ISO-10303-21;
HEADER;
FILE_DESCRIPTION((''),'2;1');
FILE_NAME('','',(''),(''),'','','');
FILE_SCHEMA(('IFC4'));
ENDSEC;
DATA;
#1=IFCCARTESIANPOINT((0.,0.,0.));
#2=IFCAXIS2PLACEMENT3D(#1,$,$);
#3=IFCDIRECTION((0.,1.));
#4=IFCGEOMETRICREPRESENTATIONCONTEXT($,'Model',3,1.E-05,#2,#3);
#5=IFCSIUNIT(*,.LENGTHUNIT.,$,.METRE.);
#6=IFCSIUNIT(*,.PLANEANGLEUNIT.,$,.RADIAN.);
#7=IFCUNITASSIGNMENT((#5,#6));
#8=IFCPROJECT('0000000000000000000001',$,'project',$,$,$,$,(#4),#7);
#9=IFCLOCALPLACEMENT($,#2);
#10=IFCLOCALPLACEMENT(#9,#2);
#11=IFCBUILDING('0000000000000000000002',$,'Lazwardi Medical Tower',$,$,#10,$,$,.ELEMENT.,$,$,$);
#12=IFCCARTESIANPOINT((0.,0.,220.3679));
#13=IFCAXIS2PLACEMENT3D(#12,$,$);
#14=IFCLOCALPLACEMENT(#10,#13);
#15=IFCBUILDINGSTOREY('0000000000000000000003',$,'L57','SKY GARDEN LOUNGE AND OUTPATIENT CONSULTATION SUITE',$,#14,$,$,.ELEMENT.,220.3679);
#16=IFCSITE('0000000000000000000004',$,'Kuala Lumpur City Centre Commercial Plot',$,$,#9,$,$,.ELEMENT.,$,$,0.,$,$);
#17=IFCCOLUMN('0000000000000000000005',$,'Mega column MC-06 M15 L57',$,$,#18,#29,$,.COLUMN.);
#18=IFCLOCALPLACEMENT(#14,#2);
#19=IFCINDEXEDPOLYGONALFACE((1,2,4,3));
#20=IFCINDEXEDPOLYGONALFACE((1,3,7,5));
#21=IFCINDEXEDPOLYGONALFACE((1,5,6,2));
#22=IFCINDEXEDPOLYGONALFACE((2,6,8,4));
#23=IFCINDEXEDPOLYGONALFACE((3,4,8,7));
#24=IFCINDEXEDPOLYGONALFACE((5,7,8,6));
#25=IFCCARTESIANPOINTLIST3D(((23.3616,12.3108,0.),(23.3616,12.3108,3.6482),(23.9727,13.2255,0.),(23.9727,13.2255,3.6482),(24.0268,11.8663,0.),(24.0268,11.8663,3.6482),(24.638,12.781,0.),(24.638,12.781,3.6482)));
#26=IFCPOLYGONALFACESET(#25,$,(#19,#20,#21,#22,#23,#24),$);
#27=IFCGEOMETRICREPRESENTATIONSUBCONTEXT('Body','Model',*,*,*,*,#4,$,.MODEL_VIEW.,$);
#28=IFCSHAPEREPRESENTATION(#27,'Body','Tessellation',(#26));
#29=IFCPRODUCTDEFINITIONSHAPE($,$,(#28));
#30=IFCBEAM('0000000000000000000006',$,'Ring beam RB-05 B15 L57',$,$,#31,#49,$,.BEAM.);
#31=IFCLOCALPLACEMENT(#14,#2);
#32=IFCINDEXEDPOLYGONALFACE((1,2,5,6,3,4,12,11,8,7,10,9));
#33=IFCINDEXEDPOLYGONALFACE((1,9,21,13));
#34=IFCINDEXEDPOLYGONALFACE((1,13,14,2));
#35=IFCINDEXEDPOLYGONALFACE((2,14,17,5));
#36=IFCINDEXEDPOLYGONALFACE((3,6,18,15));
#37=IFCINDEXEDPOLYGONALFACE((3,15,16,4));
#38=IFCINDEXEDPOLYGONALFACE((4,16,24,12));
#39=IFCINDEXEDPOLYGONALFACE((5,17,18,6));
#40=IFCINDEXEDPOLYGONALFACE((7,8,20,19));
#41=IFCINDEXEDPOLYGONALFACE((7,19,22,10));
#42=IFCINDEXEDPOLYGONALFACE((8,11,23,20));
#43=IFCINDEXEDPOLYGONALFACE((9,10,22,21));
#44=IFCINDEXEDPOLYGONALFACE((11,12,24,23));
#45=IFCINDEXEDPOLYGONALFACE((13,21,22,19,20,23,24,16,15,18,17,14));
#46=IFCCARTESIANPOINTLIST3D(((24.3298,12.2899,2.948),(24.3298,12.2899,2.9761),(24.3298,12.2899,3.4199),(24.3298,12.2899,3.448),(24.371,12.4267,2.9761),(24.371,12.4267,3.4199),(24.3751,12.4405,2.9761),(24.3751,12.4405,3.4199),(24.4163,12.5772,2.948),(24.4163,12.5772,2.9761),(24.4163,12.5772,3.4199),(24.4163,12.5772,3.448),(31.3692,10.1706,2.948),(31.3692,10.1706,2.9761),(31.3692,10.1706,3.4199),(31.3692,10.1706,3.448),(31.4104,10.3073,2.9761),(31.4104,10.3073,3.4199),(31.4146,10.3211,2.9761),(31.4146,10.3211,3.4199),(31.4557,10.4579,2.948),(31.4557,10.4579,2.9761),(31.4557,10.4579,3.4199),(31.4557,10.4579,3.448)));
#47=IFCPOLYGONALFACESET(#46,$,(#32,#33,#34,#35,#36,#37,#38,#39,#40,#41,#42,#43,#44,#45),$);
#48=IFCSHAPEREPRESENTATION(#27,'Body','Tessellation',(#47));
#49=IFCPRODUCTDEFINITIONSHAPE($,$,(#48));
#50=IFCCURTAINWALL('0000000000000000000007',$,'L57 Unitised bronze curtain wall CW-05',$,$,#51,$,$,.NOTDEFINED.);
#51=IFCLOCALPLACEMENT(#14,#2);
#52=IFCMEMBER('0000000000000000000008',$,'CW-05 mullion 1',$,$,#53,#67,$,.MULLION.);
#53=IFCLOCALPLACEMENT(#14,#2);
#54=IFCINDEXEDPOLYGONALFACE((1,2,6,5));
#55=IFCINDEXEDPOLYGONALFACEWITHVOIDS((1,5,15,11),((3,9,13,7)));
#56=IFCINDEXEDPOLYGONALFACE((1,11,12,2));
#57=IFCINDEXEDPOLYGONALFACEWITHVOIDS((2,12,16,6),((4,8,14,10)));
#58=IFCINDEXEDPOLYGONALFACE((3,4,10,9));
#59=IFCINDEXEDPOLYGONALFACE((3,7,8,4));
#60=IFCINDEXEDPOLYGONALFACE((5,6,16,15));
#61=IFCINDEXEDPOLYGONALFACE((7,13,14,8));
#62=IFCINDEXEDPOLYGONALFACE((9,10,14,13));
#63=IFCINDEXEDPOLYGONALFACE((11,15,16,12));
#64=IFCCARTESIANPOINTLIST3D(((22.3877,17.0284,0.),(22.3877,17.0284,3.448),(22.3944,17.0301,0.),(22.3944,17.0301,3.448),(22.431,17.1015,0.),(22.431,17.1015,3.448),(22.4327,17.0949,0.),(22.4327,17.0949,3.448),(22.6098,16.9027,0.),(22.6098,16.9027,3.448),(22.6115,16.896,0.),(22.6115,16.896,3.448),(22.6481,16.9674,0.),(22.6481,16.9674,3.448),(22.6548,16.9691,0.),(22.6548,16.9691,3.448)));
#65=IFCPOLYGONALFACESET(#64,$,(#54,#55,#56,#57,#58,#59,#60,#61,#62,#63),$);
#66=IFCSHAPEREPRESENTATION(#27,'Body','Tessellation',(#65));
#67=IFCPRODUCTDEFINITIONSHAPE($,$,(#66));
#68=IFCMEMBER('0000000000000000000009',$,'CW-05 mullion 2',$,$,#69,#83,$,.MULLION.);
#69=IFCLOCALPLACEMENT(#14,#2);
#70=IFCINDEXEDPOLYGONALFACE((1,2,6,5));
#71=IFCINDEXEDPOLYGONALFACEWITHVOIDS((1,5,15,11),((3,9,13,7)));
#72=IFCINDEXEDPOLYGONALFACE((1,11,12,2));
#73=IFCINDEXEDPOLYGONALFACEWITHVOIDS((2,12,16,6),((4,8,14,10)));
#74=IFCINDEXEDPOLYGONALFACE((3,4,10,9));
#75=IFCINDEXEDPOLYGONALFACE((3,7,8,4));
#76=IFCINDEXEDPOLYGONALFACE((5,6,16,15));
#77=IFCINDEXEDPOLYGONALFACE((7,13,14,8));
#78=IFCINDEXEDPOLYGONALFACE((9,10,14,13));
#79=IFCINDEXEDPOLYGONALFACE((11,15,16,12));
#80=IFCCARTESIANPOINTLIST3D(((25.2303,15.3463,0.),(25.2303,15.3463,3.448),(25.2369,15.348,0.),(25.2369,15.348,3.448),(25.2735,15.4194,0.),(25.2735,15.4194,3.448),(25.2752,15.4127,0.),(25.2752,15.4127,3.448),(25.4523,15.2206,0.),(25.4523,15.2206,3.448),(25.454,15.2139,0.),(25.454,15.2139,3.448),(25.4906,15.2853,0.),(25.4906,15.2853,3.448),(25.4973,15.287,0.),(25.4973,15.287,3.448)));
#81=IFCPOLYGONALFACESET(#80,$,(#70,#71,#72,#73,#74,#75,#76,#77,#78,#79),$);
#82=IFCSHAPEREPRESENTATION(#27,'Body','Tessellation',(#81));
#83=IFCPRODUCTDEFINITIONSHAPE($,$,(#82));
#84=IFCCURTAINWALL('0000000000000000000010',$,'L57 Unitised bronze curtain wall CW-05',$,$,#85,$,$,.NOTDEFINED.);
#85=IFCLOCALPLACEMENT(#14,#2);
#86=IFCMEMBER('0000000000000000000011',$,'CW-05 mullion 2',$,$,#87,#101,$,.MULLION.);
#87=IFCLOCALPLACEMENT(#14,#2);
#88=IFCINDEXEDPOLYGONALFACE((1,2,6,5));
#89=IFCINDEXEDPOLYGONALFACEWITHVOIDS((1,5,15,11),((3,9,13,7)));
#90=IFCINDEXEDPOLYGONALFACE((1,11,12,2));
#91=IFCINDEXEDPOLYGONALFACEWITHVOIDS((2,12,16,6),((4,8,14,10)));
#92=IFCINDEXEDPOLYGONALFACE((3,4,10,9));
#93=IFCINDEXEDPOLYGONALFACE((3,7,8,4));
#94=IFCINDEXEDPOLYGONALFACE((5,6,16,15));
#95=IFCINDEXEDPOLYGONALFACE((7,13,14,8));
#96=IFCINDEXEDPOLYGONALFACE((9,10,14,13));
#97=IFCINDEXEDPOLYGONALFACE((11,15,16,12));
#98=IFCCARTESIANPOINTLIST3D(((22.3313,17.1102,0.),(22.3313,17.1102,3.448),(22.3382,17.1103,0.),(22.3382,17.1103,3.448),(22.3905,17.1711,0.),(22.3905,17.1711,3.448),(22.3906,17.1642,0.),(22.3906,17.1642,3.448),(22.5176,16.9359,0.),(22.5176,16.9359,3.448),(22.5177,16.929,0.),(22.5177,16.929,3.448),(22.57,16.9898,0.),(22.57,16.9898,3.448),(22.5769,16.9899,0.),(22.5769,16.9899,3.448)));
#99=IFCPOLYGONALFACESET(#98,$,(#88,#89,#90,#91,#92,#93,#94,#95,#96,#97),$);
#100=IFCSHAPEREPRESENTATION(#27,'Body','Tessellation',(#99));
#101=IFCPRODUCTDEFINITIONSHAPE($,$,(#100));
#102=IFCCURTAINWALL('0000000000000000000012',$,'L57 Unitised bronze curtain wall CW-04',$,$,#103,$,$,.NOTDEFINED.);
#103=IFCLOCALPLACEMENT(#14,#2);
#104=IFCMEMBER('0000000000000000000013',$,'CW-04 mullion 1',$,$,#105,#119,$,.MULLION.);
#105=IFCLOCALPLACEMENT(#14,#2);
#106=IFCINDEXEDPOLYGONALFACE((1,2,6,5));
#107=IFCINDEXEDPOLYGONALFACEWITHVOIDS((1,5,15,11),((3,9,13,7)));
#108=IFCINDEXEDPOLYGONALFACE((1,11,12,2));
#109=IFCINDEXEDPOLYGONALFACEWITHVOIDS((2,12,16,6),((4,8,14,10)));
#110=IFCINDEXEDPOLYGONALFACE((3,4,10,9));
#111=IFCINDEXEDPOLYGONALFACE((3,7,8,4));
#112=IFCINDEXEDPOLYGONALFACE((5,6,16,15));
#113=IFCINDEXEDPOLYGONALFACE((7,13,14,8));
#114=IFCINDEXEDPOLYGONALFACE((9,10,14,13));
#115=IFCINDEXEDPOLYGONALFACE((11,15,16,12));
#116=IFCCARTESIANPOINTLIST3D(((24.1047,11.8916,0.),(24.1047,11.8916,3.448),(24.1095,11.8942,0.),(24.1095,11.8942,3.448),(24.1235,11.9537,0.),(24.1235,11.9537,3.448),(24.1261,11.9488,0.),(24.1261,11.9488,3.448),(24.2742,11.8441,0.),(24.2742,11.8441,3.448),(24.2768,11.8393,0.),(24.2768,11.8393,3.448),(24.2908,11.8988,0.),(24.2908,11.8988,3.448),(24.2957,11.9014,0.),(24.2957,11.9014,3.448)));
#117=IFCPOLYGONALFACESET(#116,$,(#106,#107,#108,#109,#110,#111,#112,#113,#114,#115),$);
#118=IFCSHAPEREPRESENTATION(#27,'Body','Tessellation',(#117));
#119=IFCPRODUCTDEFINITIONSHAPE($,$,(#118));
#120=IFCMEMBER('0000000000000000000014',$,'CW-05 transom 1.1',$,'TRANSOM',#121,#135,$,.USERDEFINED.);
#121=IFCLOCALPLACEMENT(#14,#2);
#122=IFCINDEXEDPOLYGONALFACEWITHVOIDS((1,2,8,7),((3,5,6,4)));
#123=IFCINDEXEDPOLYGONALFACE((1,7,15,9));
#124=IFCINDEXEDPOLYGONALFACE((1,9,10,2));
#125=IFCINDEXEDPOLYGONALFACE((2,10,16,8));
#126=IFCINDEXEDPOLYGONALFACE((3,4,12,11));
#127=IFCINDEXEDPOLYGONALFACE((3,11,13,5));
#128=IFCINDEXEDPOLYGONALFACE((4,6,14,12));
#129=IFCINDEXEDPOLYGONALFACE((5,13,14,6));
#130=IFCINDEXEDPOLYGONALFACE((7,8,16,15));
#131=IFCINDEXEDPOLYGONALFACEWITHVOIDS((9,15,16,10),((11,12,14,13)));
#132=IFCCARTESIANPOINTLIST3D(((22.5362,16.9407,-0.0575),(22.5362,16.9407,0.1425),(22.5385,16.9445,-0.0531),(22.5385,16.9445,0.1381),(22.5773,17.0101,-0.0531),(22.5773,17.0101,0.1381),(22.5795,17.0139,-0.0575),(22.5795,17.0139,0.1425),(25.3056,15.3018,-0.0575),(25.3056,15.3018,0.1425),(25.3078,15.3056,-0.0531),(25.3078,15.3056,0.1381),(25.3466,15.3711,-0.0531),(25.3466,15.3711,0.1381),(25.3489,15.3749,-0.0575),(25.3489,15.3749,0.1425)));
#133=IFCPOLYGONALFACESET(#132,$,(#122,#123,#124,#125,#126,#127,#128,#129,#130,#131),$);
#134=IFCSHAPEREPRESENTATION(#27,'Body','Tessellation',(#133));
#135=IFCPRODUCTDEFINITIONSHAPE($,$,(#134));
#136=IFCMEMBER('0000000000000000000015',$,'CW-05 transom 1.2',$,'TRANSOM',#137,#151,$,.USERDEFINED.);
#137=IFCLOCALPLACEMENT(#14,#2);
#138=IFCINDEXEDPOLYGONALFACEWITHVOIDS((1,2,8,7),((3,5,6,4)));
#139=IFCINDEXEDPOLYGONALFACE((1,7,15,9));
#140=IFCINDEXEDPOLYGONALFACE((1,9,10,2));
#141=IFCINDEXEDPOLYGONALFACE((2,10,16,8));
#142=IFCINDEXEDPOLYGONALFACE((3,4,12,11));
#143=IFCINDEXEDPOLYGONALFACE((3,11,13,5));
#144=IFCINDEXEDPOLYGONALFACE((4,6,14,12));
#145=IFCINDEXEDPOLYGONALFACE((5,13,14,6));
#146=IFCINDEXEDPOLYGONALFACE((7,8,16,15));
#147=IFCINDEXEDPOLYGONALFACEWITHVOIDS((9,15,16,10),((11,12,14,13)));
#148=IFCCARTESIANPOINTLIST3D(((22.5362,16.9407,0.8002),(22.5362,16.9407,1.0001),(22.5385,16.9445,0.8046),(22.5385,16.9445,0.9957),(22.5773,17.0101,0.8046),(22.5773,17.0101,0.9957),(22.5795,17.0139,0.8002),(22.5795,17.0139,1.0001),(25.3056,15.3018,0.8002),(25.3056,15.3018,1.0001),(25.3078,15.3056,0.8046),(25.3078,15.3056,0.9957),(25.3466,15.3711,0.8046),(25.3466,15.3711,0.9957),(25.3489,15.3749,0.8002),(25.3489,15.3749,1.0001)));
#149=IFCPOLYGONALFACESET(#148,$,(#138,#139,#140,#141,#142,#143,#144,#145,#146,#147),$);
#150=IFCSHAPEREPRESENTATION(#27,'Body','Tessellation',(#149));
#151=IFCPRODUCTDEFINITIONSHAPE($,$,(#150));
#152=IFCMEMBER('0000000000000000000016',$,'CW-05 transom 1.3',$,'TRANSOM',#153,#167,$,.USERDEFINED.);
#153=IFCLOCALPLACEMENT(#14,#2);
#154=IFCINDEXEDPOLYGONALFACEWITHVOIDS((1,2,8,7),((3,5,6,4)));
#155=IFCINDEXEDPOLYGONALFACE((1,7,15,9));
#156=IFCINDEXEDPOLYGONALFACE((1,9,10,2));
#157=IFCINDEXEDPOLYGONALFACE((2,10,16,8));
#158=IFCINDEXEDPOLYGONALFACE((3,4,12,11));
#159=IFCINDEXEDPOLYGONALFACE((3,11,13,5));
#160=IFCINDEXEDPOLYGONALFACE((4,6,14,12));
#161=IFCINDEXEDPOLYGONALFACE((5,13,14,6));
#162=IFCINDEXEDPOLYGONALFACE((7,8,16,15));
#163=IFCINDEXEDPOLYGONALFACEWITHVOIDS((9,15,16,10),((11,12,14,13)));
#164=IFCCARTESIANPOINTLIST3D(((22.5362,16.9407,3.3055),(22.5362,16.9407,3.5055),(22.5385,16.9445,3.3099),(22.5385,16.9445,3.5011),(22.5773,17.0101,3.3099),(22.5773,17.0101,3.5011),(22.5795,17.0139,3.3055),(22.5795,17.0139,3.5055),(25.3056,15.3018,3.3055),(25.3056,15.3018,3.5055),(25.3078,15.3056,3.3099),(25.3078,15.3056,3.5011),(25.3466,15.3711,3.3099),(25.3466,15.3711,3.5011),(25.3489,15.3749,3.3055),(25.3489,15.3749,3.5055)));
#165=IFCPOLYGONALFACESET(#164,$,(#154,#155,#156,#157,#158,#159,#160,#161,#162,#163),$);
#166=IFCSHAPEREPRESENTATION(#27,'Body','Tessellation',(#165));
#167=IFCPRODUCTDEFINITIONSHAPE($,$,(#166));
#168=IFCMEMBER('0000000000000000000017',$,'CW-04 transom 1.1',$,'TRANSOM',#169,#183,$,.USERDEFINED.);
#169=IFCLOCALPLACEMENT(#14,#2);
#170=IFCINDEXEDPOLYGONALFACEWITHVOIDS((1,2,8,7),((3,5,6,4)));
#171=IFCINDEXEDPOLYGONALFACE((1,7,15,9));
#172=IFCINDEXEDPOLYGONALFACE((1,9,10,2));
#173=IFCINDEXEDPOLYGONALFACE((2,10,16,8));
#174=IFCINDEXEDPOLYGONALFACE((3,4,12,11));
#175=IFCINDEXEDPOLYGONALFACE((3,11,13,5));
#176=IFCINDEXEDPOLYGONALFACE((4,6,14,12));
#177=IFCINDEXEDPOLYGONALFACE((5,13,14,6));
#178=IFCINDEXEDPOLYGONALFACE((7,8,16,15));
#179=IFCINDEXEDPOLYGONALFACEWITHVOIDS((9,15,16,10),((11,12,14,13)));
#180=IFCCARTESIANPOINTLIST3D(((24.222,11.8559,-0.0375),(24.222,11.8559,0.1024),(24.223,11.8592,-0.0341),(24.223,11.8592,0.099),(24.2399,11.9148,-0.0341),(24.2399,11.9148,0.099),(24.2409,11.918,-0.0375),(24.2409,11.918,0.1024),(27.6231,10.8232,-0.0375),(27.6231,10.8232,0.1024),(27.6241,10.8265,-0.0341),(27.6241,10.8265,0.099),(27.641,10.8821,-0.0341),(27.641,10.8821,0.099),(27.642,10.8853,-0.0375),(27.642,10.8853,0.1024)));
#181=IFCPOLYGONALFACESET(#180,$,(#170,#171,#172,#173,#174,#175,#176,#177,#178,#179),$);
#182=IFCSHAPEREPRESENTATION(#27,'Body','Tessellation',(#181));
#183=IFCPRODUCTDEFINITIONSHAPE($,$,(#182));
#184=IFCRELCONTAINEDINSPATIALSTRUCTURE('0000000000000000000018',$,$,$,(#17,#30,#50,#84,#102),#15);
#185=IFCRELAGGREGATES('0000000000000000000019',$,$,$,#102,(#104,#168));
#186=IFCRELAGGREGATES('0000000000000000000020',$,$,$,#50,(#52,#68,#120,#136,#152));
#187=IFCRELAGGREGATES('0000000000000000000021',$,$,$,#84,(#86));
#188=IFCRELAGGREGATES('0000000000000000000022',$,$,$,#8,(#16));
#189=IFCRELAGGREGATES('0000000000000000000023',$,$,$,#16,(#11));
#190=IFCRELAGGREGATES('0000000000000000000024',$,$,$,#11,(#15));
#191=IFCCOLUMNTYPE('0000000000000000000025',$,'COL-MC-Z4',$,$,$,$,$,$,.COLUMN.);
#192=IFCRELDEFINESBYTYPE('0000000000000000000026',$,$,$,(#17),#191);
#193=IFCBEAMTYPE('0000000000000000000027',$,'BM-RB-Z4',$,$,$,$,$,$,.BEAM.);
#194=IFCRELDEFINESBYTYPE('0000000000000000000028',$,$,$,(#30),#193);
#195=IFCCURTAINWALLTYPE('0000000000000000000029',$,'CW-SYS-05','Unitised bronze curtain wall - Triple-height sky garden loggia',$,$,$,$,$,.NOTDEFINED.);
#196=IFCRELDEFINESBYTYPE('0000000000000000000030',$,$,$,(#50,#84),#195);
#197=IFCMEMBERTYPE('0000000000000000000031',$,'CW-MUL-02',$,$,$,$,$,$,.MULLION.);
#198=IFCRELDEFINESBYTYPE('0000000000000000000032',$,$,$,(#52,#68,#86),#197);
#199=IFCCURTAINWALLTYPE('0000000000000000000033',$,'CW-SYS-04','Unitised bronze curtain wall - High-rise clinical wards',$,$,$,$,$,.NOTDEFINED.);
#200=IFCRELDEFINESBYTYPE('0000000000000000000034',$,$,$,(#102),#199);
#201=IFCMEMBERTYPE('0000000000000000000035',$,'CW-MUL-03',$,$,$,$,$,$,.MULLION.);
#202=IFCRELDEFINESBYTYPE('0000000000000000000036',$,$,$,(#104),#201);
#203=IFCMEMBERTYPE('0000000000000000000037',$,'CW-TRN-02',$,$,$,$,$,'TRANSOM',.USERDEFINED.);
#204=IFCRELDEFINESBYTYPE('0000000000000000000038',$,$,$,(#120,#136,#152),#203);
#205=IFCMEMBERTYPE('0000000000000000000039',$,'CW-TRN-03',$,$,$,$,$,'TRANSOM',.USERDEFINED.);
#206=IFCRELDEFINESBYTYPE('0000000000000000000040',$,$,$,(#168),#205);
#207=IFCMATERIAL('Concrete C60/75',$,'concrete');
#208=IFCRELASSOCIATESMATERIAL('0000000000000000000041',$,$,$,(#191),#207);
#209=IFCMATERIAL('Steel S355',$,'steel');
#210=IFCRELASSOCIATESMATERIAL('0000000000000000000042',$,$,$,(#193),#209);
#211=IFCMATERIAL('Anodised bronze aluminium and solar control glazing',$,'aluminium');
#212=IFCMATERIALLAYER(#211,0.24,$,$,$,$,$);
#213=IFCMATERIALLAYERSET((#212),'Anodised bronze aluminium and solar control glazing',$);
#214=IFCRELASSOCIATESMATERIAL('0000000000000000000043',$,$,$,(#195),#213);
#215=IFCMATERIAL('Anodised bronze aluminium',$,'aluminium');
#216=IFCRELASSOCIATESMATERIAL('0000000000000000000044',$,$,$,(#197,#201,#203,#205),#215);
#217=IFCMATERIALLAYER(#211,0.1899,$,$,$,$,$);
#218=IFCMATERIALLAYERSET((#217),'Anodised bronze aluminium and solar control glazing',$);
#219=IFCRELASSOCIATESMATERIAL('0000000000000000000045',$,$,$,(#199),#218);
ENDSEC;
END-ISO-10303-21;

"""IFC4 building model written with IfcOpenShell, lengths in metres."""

from ifc_helpers import new_model, si_unit, direction, frame, origin, origin_2d, place, context, subcontext, project, spatial, rectangle, hollow_rectangle, i_section, extrude, material, layer, layer_set, material_profile, profile_set, type_object, element, aggregate, save


model = new_model("IFC4")

# Units and contexts
model_context = context("Model", 3, precision=1e-05, world=origin(), true_north=direction((0.0, 1.0)))
body_context = subcontext(model_context, "Body", "Model", "MODEL_VIEW")
ifc_project = project(units=[si_unit("LENGTHUNIT", "METRE"), si_unit("PLANEANGLEUNIT", "RADIAN")], contexts=[model_context])

# Site, building, storey
site_placement = place(None, origin())
site = spatial("IfcSite", under=ifc_project, at=site_placement, Name="Kuala Lumpur City Centre Commercial Plot", CompositionType="ELEMENT", RefElevation=0.0)
building_placement = place(site_placement, origin())
building = spatial("IfcBuilding", under=site, at=building_placement, Name="Lazwardi Medical Tower", CompositionType="ELEMENT")
storey_placement = place(building_placement, frame((0.0, 0.0, 220.3679)))
storey = spatial("IfcBuildingStorey", under=building, at=storey_placement, Name="L57", Description="SKY GARDEN LOUNGE AND OUTPATIENT CONSULTATION SUITE", CompositionType="ELEMENT", Elevation=220.3679)

# Column
ifc_material_1 = material(Name="Concrete C60/75", Category="concrete")
ifc_material_profile_1 = material_profile(ifc_material_1, rectangle(XDim=1.1001, YDim=0.8, at=origin_2d()), Name="CFT-RECT 1100x800")
ifc_profile_set_1 = profile_set([ifc_material_profile_1], Name="Concrete C60/75")
column_type = type_object("IfcColumnType", Name="COL-MC-Z4", PredefinedType="COLUMN", material=ifc_profile_set_1)
column_placement = place(storey_placement, frame((23.9998, 12.5459, 0.0), z_axis=(0.0, 0.0, 1.0), x_axis=(-0.55557, -0.83147, 0.0)))
element("IfcColumn", 1, at=column_placement, inside=storey, type_object=column_type, Name="Mega column MC-06 M15 L57", PredefinedType="COLUMN", context=body_context, shape_type="SweptSolid", body=[
    extrude(rectangle(XDim=1.1001, YDim=0.8, at=origin_2d()), origin(), (0.0, 0.0, 1.0), 3.6482),
])

# Beam
ifc_material_2 = material(Name="Steel S355", Category="steel")
ifc_material_profile_2 = material_profile(ifc_material_2, i_section(OverallWidth=0.3, OverallDepth=0.5, WebThickness=0.0144, FlangeThickness=0.0281, at=origin_2d()), Name="HEB 500")
ifc_profile_set_2 = profile_set([ifc_material_profile_2], Name="Steel S355")
beam_type = type_object("IfcBeamType", Name="BM-RB-Z4", PredefinedType="BEAM", material=ifc_profile_set_2)
beam_placement = place(storey_placement, frame((24.373, 12.4336, 3.198), z_axis=(0.957544, -0.288286, 0.0), x_axis=(0.288286, 0.957544, 0.0)))
element("IfcBeam", 2, at=beam_placement, inside=storey, type_object=beam_type, Name="Ring beam RB-05 B15 L57", PredefinedType="BEAM", context=body_context, shape_type="SweptSolid", body=[
    extrude(i_section(OverallWidth=0.3, OverallDepth=0.5, WebThickness=0.0144, FlangeThickness=0.0281, at=origin_2d()), origin(), (0.0, 0.0, 1.0), 7.3516),
])

# Curtain wall, members
ifc_material_3 = material(Name="Anodised bronze aluminium and solar control glazing", Category="aluminium")
ifc_layer_1 = layer(ifc_material_3, 0.24)
ifc_layer_set_1 = layer_set([ifc_layer_1], Name="Anodised bronze aluminium and solar control glazing")
curtain_wall_type_1 = type_object("IfcCurtainWallType", Name="CW-SYS-05", Description="Unitised bronze curtain wall - Triple-height sky garden loggia", PredefinedType="NOTDEFINED", material=ifc_layer_set_1)
curtain_wall_1_placement = place(storey_placement, origin())
curtain_wall_1 = element("IfcCurtainWall", 3, at=curtain_wall_1_placement, inside=storey, type_object=curtain_wall_type_1, Name="L57 Unitised bronze curtain wall CW-05", PredefinedType="NOTDEFINED")
ifc_material_4 = material(Name="Anodised bronze aluminium", Category="aluminium")
ifc_material_profile_3 = material_profile(ifc_material_4, hollow_rectangle(XDim=0.085, YDim=0.26, WallThickness=0.0049, at=origin_2d()), Name="ALU-MULLION 260x85x5")
ifc_profile_set_3 = profile_set([ifc_material_profile_3], Name="Anodised bronze aluminium")
member_type_1 = type_object("IfcMemberType", Name="CW-MUL-02", PredefinedType="MULLION", material=ifc_profile_set_3)
member_1_placement = place(storey_placement, frame((22.5212, 16.9988, 0.0), z_axis=(0.0, 0.0, 1.0), x_axis=(0.509273, 0.860605, 0.0)))
member_1 = element("IfcMember", 4, at=member_1_placement, type_object=member_type_1, Name="CW-05 mullion 1", PredefinedType="MULLION", context=body_context, shape_type="SweptSolid", body=[
    extrude(hollow_rectangle(XDim=0.085, YDim=0.26, WallThickness=0.0049, at=origin_2d()), origin(), (0.0, 0.0, 1.0), 3.448),
])
member_2_placement = place(storey_placement, frame((25.3638, 15.3167, 0.0), z_axis=(0.0, 0.0, 1.0), x_axis=(0.509273, 0.860605, 0.0)))
member_2 = element("IfcMember", 5, at=member_2_placement, type_object=member_type_1, Name="CW-05 mullion 2", PredefinedType="MULLION", context=body_context, shape_type="SweptSolid", body=[
    extrude(hollow_rectangle(XDim=0.085, YDim=0.26, WallThickness=0.0049, at=origin_2d()), origin(), (0.0, 0.0, 1.0), 3.448),
])

# Curtain walls, members
curtain_wall_2_placement = place(storey_placement, origin())
curtain_wall_2 = element("IfcCurtainWall", 6, at=curtain_wall_2_placement, inside=storey, type_object=curtain_wall_type_1, Name="L57 Unitised bronze curtain wall CW-05", PredefinedType="NOTDEFINED")
member_3_placement = place(storey_placement, frame((22.4541, 17.05, 0.0), z_axis=(0.0, 0.0, 1.0), x_axis=(0.69706, 0.717012, 0.0)))
member_3 = element("IfcMember", 7, at=member_3_placement, type_object=member_type_1, Name="CW-05 mullion 2", PredefinedType="MULLION", context=body_context, shape_type="SweptSolid", body=[
    extrude(hollow_rectangle(XDim=0.085, YDim=0.26, WallThickness=0.0049, at=origin_2d()), origin(), (0.0, 0.0, 1.0), 3.448),
])
ifc_layer_2 = layer(ifc_material_3, 0.1899)
ifc_layer_set_2 = layer_set([ifc_layer_2], Name="Anodised bronze aluminium and solar control glazing")
curtain_wall_type_2 = type_object("IfcCurtainWallType", Name="CW-SYS-04", Description="Unitised bronze curtain wall - High-rise clinical wards", PredefinedType="NOTDEFINED", material=ifc_layer_set_2)
curtain_wall_3_placement = place(storey_placement, origin())
curtain_wall_3 = element("IfcCurtainWall", 8, at=curtain_wall_3_placement, inside=storey, type_object=curtain_wall_type_2, Name="L57 Unitised bronze curtain wall CW-04", PredefinedType="NOTDEFINED")
ifc_material_profile_4 = material_profile(ifc_material_4, hollow_rectangle(XDim=0.0649, YDim=0.1799, WallThickness=0.0039, at=origin_2d()), Name="ALU-MULLION 180x65x4")
ifc_profile_set_4 = profile_set([ifc_material_profile_4], Name="Anodised bronze aluminium")
member_type_2 = type_object("IfcMemberType", Name="CW-MUL-03", PredefinedType="MULLION", material=ifc_profile_set_4)
member_4_placement = place(storey_placement, frame((24.2002, 11.8965, 0.0), z_axis=(0.0, 0.0, 1.0), x_axis=(0.290582, 0.95685, 0.0)))
member_4 = element("IfcMember", 9, at=member_4_placement, type_object=member_type_2, Name="CW-04 mullion 1", PredefinedType="MULLION", context=body_context, shape_type="SweptSolid", body=[
    extrude(hollow_rectangle(XDim=0.0649, YDim=0.1799, WallThickness=0.0039, at=origin_2d()), origin(), (0.0, 0.0, 1.0), 3.448),
])

# Members
ifc_material_profile_5 = material_profile(ifc_material_4, hollow_rectangle(XDim=0.085, YDim=0.2, WallThickness=0.0044, at=origin_2d()), Name="ALU-TRANSOM 200x85x4.5")
ifc_profile_set_5 = profile_set([ifc_material_profile_5], Name="Anodised bronze aluminium")
member_type_3 = type_object("IfcMemberType", Name="CW-TRN-02", ElementType="TRANSOM", PredefinedType="USERDEFINED", material=ifc_profile_set_5)
member_5_placement = place(storey_placement, frame((22.5579, 16.9773, 0.0425), z_axis=(0.860583, -0.509309, 0.0), x_axis=(0.509309, 0.860583, 0.0)))
member_5 = element("IfcMember", 10, at=member_5_placement, type_object=member_type_3, Name="CW-05 transom 1.1", ObjectType="TRANSOM", PredefinedType="USERDEFINED", context=body_context, shape_type="SweptSolid", body=[
    extrude(hollow_rectangle(XDim=0.085, YDim=0.2, WallThickness=0.0044, at=origin_2d()), origin(), (0.0, 0.0, 1.0), 3.218),
])
member_6_placement = place(storey_placement, frame((22.5579, 16.9773, 0.9001), z_axis=(0.860583, -0.509309, 0.0), x_axis=(0.509309, 0.860583, 0.0)))
member_6 = element("IfcMember", 11, at=member_6_placement, type_object=member_type_3, Name="CW-05 transom 1.2", ObjectType="TRANSOM", PredefinedType="USERDEFINED", context=body_context, shape_type="SweptSolid", body=[
    extrude(hollow_rectangle(XDim=0.085, YDim=0.2, WallThickness=0.0044, at=origin_2d()), origin(), (0.0, 0.0, 1.0), 3.218),
])
member_7_placement = place(storey_placement, frame((22.5579, 16.9773, 3.4055), z_axis=(0.860583, -0.509309, 0.0), x_axis=(0.509309, 0.860583, 0.0)))
member_7 = element("IfcMember", 12, at=member_7_placement, type_object=member_type_3, Name="CW-05 transom 1.3", ObjectType="TRANSOM", PredefinedType="USERDEFINED", context=body_context, shape_type="SweptSolid", body=[
    extrude(hollow_rectangle(XDim=0.085, YDim=0.2, WallThickness=0.0044, at=origin_2d()), origin(), (0.0, 0.0, 1.0), 3.218),
])
ifc_material_profile_6 = material_profile(ifc_material_4, hollow_rectangle(XDim=0.0649, YDim=0.1399, WallThickness=0.0034, at=origin_2d()), Name="ALU-TRANSOM 140x65x3.5")
ifc_profile_set_6 = profile_set([ifc_material_profile_6], Name="Anodised bronze aluminium")
member_type_4 = type_object("IfcMemberType", Name="CW-TRN-03", ElementType="TRANSOM", PredefinedType="USERDEFINED", material=ifc_profile_set_6)
member_8_placement = place(storey_placement, frame((24.2314, 11.887, 0.0325), z_axis=(0.956863, -0.290541, 0.0), x_axis=(0.290541, 0.956863, 0.0)))
member_8 = element("IfcMember", 13, at=member_8_placement, type_object=member_type_4, Name="CW-04 transom 1.1", ObjectType="TRANSOM", PredefinedType="USERDEFINED", context=body_context, shape_type="SweptSolid", body=[
    extrude(hollow_rectangle(XDim=0.0649, YDim=0.1399, WallThickness=0.0034, at=origin_2d()), origin(), (0.0, 0.0, 1.0), 3.5544),
])

aggregate(curtain_wall_3, [member_4, member_8])
aggregate(curtain_wall_1, [member_1, member_2, member_5, member_6, member_7])
aggregate(curtain_wall_2, [member_3])

save(model, "model.ifc")
